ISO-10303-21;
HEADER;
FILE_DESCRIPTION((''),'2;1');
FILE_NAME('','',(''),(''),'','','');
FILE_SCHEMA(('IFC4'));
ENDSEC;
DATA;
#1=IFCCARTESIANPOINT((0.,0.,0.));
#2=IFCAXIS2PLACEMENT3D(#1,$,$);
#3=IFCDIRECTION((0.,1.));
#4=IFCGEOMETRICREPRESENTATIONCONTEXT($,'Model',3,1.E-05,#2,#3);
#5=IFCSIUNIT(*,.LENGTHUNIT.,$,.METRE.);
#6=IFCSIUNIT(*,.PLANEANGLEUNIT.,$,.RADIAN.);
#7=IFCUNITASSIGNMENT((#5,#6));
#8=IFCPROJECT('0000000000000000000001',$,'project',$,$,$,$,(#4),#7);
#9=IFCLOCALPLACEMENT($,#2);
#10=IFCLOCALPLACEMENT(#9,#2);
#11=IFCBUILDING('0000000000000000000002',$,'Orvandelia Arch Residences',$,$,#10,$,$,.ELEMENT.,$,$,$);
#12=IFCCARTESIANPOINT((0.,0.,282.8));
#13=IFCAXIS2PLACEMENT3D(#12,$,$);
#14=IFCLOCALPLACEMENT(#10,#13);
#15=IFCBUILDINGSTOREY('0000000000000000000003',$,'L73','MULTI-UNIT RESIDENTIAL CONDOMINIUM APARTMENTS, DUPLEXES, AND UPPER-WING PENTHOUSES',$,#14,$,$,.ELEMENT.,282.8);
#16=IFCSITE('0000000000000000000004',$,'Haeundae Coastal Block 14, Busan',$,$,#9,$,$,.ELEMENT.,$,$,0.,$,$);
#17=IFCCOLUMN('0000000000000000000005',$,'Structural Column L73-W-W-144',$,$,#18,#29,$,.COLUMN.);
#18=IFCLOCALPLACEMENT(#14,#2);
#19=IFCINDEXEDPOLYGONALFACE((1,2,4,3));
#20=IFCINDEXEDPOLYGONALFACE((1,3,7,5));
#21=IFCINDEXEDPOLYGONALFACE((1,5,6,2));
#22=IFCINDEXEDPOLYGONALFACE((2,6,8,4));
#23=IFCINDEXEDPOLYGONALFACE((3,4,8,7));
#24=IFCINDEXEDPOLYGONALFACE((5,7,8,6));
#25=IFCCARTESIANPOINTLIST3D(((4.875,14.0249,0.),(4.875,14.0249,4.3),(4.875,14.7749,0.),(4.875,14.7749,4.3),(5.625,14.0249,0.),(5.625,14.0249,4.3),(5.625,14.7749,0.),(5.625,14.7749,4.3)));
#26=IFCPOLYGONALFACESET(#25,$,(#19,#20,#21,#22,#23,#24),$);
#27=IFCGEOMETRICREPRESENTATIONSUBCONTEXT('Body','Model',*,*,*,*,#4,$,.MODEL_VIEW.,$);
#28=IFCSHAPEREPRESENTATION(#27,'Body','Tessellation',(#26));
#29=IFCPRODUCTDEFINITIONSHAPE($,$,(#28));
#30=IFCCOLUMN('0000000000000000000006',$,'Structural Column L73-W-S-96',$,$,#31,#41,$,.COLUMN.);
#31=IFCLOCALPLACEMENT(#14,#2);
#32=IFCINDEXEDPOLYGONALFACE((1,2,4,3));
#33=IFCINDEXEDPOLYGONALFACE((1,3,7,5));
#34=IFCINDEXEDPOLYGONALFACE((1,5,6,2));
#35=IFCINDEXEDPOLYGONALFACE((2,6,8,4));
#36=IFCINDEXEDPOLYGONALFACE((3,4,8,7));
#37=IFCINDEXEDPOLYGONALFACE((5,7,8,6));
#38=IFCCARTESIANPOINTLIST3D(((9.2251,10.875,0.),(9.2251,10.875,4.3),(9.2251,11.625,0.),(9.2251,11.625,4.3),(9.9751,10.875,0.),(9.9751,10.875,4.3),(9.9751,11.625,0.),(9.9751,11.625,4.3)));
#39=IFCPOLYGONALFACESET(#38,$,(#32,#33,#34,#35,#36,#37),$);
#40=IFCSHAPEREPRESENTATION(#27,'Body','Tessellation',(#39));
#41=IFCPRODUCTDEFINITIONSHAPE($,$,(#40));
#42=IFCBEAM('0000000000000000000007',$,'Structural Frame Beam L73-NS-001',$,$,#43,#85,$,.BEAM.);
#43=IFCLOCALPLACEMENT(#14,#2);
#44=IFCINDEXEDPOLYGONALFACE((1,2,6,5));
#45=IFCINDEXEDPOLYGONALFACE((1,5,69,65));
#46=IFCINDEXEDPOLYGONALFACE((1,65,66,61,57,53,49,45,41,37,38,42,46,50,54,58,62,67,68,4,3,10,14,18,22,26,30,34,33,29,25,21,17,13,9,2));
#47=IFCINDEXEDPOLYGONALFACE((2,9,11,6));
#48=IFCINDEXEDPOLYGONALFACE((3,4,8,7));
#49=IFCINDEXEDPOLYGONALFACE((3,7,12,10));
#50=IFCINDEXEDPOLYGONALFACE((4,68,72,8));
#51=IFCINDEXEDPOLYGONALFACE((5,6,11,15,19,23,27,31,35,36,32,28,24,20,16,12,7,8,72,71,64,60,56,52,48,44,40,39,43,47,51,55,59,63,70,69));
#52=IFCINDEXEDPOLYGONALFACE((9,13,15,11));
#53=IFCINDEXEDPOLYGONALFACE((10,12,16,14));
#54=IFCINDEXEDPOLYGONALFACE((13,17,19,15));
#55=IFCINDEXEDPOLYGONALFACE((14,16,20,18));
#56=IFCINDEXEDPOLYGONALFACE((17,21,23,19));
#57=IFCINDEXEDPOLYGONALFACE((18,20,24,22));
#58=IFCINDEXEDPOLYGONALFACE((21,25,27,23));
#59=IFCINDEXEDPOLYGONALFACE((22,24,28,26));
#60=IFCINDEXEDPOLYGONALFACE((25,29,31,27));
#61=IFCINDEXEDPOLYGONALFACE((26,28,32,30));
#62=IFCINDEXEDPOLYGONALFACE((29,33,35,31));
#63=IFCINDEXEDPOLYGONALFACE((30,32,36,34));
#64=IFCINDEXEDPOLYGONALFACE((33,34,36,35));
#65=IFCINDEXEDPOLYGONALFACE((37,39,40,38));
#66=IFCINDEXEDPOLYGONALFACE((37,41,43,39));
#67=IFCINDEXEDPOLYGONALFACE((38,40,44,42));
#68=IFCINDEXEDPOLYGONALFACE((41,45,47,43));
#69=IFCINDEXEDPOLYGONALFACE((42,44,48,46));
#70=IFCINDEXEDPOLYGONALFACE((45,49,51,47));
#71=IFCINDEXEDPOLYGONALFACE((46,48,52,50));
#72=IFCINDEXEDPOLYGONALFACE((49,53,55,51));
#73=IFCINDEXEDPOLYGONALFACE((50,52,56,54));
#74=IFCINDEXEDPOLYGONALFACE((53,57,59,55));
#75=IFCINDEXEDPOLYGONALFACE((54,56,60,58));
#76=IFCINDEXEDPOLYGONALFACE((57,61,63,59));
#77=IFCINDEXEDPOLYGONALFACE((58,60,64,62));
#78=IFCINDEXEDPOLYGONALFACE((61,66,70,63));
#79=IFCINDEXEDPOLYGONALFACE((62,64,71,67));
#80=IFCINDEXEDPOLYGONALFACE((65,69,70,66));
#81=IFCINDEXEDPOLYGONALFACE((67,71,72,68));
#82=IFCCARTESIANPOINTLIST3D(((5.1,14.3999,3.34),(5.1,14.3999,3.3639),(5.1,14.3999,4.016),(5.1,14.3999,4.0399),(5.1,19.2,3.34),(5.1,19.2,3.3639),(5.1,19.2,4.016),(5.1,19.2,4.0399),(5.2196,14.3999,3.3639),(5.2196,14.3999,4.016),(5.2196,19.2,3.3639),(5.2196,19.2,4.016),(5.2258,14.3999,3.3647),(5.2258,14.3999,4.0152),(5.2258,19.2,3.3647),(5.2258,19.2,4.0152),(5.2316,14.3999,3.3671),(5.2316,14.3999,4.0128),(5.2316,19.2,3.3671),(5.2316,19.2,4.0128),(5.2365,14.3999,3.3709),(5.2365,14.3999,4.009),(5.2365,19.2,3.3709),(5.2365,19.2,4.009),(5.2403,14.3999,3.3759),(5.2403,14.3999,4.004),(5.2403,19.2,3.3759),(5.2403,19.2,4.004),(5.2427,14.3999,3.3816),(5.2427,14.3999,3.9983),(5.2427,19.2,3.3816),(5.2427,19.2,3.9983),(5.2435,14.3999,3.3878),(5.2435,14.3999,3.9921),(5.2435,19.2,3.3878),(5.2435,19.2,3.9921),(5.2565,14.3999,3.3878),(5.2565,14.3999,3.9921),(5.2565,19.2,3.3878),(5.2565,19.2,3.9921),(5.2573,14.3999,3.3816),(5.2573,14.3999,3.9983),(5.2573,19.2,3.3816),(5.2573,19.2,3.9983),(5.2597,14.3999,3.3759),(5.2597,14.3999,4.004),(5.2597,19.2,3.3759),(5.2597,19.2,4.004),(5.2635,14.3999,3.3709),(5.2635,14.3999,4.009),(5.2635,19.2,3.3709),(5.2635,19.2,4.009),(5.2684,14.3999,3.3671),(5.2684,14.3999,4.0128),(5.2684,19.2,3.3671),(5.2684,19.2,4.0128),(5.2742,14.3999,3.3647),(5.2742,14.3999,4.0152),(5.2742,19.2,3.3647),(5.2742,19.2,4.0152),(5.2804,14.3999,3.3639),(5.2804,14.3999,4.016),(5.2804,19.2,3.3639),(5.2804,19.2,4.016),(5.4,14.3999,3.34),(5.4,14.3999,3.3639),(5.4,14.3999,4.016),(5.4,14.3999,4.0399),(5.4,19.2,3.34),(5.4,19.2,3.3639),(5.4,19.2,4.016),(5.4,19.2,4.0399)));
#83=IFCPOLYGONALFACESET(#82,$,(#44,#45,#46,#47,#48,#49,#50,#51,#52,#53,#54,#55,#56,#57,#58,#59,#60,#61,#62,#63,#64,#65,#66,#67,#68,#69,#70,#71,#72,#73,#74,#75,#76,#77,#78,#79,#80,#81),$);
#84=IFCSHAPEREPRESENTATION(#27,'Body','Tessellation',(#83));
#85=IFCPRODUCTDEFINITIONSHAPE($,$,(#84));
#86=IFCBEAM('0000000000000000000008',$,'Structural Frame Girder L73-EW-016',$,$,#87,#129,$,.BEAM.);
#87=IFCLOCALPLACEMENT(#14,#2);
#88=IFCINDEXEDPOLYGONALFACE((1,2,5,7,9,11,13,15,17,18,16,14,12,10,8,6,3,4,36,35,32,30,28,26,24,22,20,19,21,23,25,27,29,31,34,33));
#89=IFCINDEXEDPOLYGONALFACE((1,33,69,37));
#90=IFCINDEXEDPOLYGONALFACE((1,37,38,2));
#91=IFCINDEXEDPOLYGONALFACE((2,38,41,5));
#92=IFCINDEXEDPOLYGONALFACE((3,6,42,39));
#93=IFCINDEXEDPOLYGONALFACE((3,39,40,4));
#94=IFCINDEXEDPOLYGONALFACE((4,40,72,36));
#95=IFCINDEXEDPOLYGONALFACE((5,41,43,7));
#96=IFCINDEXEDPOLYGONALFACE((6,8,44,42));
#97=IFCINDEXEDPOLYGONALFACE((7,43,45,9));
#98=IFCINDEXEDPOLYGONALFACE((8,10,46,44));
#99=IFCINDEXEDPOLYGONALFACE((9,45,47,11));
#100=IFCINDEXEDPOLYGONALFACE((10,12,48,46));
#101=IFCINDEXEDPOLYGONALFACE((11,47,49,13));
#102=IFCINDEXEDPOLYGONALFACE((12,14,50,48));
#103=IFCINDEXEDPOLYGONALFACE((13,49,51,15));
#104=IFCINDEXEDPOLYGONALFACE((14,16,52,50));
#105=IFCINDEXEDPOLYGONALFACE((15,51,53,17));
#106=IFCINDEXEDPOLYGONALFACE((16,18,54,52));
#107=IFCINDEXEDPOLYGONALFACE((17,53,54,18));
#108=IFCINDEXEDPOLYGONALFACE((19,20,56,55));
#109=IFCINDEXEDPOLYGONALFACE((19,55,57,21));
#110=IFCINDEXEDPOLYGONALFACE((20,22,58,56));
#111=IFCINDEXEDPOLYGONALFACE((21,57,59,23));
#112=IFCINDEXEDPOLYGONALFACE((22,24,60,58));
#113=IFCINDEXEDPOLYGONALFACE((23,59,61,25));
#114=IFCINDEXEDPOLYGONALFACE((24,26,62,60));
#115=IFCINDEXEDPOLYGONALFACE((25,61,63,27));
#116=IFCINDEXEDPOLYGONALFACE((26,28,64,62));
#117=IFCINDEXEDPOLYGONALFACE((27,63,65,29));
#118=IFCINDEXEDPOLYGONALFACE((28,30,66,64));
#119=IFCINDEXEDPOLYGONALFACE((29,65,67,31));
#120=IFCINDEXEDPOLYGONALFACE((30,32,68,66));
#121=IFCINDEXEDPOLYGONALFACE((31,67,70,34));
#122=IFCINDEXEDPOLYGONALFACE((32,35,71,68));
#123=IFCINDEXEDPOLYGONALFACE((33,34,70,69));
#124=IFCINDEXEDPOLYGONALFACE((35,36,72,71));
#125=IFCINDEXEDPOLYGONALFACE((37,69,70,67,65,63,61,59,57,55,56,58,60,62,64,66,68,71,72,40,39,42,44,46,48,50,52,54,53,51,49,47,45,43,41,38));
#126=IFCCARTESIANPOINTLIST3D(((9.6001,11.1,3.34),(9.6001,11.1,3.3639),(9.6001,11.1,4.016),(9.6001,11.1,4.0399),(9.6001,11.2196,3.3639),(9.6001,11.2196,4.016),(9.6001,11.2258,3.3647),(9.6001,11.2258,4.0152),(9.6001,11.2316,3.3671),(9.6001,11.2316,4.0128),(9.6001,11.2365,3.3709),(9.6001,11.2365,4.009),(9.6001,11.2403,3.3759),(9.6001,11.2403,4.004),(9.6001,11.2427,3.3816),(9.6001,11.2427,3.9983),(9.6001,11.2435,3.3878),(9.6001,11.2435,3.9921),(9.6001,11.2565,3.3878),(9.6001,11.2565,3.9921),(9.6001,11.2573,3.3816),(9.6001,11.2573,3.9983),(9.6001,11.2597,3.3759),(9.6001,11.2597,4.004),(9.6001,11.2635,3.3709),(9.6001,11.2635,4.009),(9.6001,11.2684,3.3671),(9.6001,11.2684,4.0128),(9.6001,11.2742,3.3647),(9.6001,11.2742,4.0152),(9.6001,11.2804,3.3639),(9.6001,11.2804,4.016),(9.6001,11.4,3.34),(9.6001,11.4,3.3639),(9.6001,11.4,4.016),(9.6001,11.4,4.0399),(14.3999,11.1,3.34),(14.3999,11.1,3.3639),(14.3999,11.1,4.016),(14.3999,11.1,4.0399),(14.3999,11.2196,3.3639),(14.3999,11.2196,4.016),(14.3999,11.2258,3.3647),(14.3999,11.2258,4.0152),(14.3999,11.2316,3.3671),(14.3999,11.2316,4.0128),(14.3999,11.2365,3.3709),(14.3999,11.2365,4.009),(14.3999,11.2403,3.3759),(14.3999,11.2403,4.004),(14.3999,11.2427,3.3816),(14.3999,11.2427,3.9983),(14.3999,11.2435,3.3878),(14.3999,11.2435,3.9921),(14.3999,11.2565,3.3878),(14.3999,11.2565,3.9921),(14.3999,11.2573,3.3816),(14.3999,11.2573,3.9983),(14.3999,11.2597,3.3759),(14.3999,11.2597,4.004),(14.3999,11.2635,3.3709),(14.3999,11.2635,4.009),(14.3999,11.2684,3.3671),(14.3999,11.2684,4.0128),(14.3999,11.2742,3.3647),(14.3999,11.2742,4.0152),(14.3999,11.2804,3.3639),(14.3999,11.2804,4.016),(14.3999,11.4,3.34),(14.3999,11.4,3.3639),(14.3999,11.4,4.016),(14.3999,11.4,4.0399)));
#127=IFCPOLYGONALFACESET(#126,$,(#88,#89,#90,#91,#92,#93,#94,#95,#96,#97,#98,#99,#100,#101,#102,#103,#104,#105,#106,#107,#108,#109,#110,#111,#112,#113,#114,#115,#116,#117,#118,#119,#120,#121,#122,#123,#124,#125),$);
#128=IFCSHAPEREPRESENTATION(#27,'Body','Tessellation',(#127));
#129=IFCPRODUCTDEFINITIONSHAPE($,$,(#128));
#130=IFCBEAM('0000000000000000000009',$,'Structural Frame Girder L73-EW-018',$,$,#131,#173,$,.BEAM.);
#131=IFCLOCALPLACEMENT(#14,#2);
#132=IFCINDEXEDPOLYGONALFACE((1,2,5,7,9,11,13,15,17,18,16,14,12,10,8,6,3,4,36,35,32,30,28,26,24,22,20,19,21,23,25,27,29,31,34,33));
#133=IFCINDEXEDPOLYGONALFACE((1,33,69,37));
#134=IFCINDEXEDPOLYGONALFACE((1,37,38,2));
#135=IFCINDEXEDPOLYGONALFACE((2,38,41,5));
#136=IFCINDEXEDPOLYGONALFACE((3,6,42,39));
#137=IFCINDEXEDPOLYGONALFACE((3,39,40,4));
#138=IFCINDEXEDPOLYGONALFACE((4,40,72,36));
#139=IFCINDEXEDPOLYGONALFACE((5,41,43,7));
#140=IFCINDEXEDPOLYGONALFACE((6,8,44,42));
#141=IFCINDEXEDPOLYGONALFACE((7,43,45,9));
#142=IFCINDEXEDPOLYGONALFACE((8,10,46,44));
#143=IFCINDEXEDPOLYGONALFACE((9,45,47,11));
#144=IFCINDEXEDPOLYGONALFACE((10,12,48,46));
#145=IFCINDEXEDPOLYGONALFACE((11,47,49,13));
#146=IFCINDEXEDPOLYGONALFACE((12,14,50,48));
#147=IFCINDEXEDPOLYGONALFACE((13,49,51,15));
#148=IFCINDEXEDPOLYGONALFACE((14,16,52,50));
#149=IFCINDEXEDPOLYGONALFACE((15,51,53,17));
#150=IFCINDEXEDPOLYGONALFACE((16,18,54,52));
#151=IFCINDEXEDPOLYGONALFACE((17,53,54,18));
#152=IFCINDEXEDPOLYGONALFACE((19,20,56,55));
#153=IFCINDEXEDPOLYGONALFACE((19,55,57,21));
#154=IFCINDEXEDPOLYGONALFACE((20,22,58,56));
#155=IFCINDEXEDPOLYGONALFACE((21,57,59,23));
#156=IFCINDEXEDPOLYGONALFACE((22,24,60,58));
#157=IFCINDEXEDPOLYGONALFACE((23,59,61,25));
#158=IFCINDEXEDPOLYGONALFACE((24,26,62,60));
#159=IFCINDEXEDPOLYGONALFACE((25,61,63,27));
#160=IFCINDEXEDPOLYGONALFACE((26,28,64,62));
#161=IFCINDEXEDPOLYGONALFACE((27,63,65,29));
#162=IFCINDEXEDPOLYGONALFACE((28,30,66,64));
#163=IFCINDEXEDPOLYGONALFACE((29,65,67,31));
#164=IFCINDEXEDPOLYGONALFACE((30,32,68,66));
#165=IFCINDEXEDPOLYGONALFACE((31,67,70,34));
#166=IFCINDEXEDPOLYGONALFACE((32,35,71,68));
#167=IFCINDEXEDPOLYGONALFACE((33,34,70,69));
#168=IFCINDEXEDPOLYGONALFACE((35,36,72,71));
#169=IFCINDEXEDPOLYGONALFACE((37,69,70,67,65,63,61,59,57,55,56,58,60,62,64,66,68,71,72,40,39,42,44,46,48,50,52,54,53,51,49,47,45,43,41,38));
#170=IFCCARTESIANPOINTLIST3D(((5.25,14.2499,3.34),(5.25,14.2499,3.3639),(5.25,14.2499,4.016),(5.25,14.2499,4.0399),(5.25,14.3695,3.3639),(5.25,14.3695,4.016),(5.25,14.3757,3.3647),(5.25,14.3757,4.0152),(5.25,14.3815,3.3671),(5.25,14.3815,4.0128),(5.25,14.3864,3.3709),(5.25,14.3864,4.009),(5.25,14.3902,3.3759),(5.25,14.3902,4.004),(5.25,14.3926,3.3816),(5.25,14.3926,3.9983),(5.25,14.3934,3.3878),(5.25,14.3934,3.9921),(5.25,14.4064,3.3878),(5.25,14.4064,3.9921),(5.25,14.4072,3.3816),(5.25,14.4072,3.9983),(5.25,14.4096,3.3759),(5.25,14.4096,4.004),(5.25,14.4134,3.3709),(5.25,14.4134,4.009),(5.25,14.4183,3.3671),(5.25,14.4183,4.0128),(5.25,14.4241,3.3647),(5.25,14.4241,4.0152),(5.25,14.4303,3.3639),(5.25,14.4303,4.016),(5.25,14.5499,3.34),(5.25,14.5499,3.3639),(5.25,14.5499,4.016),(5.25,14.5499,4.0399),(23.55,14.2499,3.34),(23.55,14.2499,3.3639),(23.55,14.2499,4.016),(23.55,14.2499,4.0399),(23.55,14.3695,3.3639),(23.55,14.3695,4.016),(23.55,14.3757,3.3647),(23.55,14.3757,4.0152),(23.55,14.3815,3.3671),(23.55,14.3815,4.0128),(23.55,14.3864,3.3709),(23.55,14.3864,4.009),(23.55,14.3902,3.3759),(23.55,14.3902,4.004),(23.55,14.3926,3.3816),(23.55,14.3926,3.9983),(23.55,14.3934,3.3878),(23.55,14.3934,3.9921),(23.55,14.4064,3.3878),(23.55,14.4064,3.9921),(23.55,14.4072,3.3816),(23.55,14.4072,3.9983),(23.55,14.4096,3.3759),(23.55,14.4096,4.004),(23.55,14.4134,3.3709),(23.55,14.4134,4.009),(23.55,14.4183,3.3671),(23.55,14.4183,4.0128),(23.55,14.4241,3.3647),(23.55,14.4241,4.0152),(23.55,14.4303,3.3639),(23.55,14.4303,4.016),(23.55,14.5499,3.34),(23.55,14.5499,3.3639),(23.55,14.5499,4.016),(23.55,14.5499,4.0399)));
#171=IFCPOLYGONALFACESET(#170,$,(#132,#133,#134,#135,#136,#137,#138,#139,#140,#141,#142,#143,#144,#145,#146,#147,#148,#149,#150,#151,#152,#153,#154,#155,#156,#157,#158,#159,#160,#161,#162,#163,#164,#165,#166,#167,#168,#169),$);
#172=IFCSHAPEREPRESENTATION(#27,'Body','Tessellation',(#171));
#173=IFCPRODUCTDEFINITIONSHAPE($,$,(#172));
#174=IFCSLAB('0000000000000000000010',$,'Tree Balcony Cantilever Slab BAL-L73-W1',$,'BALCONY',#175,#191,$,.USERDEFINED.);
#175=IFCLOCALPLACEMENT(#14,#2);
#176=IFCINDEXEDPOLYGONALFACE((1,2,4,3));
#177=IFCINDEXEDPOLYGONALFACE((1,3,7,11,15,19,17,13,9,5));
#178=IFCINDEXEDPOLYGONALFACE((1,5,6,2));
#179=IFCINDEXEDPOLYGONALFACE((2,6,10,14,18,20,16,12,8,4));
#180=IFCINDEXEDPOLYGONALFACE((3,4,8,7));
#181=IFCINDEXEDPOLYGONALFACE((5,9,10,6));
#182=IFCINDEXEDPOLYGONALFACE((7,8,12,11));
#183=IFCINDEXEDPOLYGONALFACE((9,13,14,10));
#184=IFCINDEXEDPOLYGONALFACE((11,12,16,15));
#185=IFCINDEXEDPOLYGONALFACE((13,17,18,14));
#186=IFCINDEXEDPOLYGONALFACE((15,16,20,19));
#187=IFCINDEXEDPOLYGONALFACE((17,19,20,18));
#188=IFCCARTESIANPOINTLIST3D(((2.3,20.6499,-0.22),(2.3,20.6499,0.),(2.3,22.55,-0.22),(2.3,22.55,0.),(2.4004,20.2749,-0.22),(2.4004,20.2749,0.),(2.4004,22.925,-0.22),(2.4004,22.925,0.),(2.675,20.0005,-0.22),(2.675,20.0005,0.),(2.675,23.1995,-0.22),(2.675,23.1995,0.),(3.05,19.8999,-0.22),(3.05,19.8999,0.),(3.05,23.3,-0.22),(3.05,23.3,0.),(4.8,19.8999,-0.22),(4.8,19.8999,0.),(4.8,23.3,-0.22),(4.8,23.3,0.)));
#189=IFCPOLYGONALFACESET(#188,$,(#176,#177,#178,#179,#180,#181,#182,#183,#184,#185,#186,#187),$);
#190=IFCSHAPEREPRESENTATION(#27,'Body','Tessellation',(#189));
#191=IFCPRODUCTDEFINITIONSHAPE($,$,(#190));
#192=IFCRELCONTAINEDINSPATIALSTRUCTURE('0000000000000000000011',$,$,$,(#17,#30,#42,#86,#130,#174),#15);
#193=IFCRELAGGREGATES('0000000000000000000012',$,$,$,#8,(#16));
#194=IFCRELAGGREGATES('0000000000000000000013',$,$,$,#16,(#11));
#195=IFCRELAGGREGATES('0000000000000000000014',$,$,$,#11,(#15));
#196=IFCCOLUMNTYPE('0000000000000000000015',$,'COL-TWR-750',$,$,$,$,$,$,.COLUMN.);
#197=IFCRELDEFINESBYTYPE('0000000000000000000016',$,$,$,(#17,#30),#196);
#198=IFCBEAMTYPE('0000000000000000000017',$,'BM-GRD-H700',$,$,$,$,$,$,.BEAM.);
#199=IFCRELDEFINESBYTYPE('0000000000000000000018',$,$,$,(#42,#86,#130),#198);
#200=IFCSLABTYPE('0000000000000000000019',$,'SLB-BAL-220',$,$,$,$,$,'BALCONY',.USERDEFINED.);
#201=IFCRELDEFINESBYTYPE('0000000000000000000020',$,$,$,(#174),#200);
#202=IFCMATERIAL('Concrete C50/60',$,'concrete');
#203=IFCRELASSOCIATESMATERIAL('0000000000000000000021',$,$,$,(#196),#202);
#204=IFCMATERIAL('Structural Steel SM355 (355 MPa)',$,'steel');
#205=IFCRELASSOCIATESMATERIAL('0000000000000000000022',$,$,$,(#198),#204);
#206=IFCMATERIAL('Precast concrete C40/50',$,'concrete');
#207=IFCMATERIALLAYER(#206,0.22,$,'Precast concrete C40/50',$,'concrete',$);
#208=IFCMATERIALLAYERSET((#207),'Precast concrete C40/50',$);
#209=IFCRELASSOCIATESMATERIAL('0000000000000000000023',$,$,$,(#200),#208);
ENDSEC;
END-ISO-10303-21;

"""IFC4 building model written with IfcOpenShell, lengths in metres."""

from ifc_helpers import new_model, si_unit, direction, frame, origin, origin_2d, place, context, subcontext, project, spatial, polyline, rectangle, i_section, outline, extrude, material, layer, layer_set, material_profile, profile_set, type_object, element, save


model = new_model("IFC4")

# Units and contexts
model_context = context("Model", 3, precision=1e-05, world=origin(), true_north=direction((0.0, 1.0)))
body_context = subcontext(model_context, "Body", "Model", "MODEL_VIEW")
ifc_project = project(units=[si_unit("LENGTHUNIT", "METRE"), si_unit("PLANEANGLEUNIT", "RADIAN")], contexts=[model_context])

# Site, building, storey
site_placement = place(None, origin())
site = spatial("IfcSite", under=ifc_project, at=site_placement, Name="Haeundae Coastal Block 14, Busan", CompositionType="ELEMENT", RefElevation=0.0)
building_placement = place(site_placement, origin())
building = spatial("IfcBuilding", under=site, at=building_placement, Name="Orvandelia Arch Residences", CompositionType="ELEMENT")
storey_placement = place(building_placement, frame((0.0, 0.0, 282.8)))
storey = spatial("IfcBuildingStorey", under=building, at=storey_placement, Name="L73", Description="MULTI-UNIT RESIDENTIAL CONDOMINIUM APARTMENTS, DUPLEXES, AND UPPER-WING PENTHOUSES", CompositionType="ELEMENT", Elevation=282.8)

# Columns
ifc_material_1 = material(Name="Concrete C50/60", Category="concrete")
ifc_material_profile_1 = material_profile(ifc_material_1, rectangle(XDim=0.75, YDim=0.75, at=origin_2d()), Name="Concrete C50/60", Category="concrete")
ifc_profile_set_1 = profile_set([ifc_material_profile_1], Name="Concrete C50/60")
column_type = type_object("IfcColumnType", Name="COL-TWR-750", PredefinedType="COLUMN", material=ifc_profile_set_1)
for number, where, z_axis, x_axis, name in (
    (1, (5.25, 14.3999, 0.0), (0.0, 0.0, 1.0), (1.0, 0.0, 0.0), "Structural Column L73-W-W-144"),
    (2, (9.6001, 11.25, 0.0), (0.0, 0.0, 1.0), (1.0, 0.0, 0.0), "Structural Column L73-W-S-96"),
):
    element("IfcColumn", number, at=place(storey_placement, frame(where, z_axis=z_axis, x_axis=x_axis)), inside=storey, type_object=column_type, Name=name, PredefinedType="COLUMN", context=body_context, shape_type="SweptSolid", body=[
        extrude(rectangle(XDim=0.75, YDim=0.75, at=origin_2d()), origin(), (0.0, 0.0, 1.0), 4.3),
    ])

# Beams
ifc_material_2 = material(Name="Structural Steel SM355 (355 MPa)", Category="steel")
ifc_material_profile_2 = material_profile(ifc_material_2, i_section(OverallWidth=0.3, OverallDepth=0.7, WebThickness=0.0129, FlangeThickness=0.0239, FilletRadius=0.0239, at=origin_2d()), Name="Structural Steel SM355 (355 MPa)", Category="steel")
ifc_profile_set_2 = profile_set([ifc_material_profile_2], Name="Structural Steel SM355 (355 MPa)")
beam_type = type_object("IfcBeamType", Name="BM-GRD-H700", PredefinedType="BEAM", material=ifc_profile_set_2)
beam_1_placement = place(storey_placement, frame((5.25, 14.3999, 3.6899), z_axis=(0.0, 1.0, 0.0), x_axis=(-1.0, 0.0, 0.0)))
element("IfcBeam", 3, at=beam_1_placement, inside=storey, type_object=beam_type, Name="Structural Frame Beam L73-NS-001", PredefinedType="BEAM", context=body_context, shape_type="SweptSolid", body=[
    extrude(i_section(OverallWidth=0.3, OverallDepth=0.7, WebThickness=0.0129, FlangeThickness=0.0239, FilletRadius=0.0239, at=origin_2d()), origin(), (0.0, 0.0, 1.0), 4.8),
])
beam_2_placement = place(storey_placement, frame((9.6001, 11.25, 3.6899), z_axis=(1.0, 0.0, 0.0), x_axis=(0.0, 1.0, 0.0)))
element("IfcBeam", 4, at=beam_2_placement, inside=storey, type_object=beam_type, Name="Structural Frame Girder L73-EW-016", PredefinedType="BEAM", context=body_context, shape_type="SweptSolid", body=[
    extrude(i_section(OverallWidth=0.3, OverallDepth=0.7, WebThickness=0.0129, FlangeThickness=0.0239, FilletRadius=0.0239, at=origin_2d()), origin(), (0.0, 0.0, 1.0), 4.7998),
])
beam_3_placement = place(storey_placement, frame((5.25, 14.3999, 3.6899), z_axis=(1.0, 0.0, 0.0), x_axis=(0.0, 1.0, 0.0)))
element("IfcBeam", 5, at=beam_3_placement, inside=storey, type_object=beam_type, Name="Structural Frame Girder L73-EW-018", PredefinedType="BEAM", context=body_context, shape_type="SweptSolid", body=[
    extrude(i_section(OverallWidth=0.3, OverallDepth=0.7, WebThickness=0.0129, FlangeThickness=0.0239, FilletRadius=0.0239, at=origin_2d()), origin(), (0.0, 0.0, 1.0), 18.3),
])

# Slab
ifc_material_3 = material(Name="Precast concrete C40/50", Category="concrete")
ifc_layer_1 = layer(ifc_material_3, 0.22, Name="Precast concrete C40/50", Category="concrete")
ifc_layer_set_1 = layer_set([ifc_layer_1], Name="Precast concrete C40/50")
slab_type_1 = type_object("IfcSlabType", Name="SLB-BAL-220", ElementType="BALCONY", PredefinedType="USERDEFINED", material=ifc_layer_set_1)
slab_1_placement = place(storey_placement, frame((0.0, 0.0, -0.22)))
element("IfcSlab", 6, at=slab_1_placement, inside=storey, type_object=slab_type_1, Name="Tree Balcony Cantilever Slab BAL-L73-W1", ObjectType="BALCONY", PredefinedType="USERDEFINED", context=body_context, shape_type="SweptSolid", body=[
    extrude(outline(polyline([(4.8, 19.8999), (4.8, 23.3), (3.05, 23.3), (2.675, 23.1995), (2.4004, 22.925), (2.3, 22.55), (2.3, 20.6499), (2.4004, 20.2749), (2.675, 20.0005), (3.05, 19.8999), (4.8, 19.8999)])), origin(), (0.0, 0.0, 1.0), 0.22),
])

save(model, "model.ifc")
